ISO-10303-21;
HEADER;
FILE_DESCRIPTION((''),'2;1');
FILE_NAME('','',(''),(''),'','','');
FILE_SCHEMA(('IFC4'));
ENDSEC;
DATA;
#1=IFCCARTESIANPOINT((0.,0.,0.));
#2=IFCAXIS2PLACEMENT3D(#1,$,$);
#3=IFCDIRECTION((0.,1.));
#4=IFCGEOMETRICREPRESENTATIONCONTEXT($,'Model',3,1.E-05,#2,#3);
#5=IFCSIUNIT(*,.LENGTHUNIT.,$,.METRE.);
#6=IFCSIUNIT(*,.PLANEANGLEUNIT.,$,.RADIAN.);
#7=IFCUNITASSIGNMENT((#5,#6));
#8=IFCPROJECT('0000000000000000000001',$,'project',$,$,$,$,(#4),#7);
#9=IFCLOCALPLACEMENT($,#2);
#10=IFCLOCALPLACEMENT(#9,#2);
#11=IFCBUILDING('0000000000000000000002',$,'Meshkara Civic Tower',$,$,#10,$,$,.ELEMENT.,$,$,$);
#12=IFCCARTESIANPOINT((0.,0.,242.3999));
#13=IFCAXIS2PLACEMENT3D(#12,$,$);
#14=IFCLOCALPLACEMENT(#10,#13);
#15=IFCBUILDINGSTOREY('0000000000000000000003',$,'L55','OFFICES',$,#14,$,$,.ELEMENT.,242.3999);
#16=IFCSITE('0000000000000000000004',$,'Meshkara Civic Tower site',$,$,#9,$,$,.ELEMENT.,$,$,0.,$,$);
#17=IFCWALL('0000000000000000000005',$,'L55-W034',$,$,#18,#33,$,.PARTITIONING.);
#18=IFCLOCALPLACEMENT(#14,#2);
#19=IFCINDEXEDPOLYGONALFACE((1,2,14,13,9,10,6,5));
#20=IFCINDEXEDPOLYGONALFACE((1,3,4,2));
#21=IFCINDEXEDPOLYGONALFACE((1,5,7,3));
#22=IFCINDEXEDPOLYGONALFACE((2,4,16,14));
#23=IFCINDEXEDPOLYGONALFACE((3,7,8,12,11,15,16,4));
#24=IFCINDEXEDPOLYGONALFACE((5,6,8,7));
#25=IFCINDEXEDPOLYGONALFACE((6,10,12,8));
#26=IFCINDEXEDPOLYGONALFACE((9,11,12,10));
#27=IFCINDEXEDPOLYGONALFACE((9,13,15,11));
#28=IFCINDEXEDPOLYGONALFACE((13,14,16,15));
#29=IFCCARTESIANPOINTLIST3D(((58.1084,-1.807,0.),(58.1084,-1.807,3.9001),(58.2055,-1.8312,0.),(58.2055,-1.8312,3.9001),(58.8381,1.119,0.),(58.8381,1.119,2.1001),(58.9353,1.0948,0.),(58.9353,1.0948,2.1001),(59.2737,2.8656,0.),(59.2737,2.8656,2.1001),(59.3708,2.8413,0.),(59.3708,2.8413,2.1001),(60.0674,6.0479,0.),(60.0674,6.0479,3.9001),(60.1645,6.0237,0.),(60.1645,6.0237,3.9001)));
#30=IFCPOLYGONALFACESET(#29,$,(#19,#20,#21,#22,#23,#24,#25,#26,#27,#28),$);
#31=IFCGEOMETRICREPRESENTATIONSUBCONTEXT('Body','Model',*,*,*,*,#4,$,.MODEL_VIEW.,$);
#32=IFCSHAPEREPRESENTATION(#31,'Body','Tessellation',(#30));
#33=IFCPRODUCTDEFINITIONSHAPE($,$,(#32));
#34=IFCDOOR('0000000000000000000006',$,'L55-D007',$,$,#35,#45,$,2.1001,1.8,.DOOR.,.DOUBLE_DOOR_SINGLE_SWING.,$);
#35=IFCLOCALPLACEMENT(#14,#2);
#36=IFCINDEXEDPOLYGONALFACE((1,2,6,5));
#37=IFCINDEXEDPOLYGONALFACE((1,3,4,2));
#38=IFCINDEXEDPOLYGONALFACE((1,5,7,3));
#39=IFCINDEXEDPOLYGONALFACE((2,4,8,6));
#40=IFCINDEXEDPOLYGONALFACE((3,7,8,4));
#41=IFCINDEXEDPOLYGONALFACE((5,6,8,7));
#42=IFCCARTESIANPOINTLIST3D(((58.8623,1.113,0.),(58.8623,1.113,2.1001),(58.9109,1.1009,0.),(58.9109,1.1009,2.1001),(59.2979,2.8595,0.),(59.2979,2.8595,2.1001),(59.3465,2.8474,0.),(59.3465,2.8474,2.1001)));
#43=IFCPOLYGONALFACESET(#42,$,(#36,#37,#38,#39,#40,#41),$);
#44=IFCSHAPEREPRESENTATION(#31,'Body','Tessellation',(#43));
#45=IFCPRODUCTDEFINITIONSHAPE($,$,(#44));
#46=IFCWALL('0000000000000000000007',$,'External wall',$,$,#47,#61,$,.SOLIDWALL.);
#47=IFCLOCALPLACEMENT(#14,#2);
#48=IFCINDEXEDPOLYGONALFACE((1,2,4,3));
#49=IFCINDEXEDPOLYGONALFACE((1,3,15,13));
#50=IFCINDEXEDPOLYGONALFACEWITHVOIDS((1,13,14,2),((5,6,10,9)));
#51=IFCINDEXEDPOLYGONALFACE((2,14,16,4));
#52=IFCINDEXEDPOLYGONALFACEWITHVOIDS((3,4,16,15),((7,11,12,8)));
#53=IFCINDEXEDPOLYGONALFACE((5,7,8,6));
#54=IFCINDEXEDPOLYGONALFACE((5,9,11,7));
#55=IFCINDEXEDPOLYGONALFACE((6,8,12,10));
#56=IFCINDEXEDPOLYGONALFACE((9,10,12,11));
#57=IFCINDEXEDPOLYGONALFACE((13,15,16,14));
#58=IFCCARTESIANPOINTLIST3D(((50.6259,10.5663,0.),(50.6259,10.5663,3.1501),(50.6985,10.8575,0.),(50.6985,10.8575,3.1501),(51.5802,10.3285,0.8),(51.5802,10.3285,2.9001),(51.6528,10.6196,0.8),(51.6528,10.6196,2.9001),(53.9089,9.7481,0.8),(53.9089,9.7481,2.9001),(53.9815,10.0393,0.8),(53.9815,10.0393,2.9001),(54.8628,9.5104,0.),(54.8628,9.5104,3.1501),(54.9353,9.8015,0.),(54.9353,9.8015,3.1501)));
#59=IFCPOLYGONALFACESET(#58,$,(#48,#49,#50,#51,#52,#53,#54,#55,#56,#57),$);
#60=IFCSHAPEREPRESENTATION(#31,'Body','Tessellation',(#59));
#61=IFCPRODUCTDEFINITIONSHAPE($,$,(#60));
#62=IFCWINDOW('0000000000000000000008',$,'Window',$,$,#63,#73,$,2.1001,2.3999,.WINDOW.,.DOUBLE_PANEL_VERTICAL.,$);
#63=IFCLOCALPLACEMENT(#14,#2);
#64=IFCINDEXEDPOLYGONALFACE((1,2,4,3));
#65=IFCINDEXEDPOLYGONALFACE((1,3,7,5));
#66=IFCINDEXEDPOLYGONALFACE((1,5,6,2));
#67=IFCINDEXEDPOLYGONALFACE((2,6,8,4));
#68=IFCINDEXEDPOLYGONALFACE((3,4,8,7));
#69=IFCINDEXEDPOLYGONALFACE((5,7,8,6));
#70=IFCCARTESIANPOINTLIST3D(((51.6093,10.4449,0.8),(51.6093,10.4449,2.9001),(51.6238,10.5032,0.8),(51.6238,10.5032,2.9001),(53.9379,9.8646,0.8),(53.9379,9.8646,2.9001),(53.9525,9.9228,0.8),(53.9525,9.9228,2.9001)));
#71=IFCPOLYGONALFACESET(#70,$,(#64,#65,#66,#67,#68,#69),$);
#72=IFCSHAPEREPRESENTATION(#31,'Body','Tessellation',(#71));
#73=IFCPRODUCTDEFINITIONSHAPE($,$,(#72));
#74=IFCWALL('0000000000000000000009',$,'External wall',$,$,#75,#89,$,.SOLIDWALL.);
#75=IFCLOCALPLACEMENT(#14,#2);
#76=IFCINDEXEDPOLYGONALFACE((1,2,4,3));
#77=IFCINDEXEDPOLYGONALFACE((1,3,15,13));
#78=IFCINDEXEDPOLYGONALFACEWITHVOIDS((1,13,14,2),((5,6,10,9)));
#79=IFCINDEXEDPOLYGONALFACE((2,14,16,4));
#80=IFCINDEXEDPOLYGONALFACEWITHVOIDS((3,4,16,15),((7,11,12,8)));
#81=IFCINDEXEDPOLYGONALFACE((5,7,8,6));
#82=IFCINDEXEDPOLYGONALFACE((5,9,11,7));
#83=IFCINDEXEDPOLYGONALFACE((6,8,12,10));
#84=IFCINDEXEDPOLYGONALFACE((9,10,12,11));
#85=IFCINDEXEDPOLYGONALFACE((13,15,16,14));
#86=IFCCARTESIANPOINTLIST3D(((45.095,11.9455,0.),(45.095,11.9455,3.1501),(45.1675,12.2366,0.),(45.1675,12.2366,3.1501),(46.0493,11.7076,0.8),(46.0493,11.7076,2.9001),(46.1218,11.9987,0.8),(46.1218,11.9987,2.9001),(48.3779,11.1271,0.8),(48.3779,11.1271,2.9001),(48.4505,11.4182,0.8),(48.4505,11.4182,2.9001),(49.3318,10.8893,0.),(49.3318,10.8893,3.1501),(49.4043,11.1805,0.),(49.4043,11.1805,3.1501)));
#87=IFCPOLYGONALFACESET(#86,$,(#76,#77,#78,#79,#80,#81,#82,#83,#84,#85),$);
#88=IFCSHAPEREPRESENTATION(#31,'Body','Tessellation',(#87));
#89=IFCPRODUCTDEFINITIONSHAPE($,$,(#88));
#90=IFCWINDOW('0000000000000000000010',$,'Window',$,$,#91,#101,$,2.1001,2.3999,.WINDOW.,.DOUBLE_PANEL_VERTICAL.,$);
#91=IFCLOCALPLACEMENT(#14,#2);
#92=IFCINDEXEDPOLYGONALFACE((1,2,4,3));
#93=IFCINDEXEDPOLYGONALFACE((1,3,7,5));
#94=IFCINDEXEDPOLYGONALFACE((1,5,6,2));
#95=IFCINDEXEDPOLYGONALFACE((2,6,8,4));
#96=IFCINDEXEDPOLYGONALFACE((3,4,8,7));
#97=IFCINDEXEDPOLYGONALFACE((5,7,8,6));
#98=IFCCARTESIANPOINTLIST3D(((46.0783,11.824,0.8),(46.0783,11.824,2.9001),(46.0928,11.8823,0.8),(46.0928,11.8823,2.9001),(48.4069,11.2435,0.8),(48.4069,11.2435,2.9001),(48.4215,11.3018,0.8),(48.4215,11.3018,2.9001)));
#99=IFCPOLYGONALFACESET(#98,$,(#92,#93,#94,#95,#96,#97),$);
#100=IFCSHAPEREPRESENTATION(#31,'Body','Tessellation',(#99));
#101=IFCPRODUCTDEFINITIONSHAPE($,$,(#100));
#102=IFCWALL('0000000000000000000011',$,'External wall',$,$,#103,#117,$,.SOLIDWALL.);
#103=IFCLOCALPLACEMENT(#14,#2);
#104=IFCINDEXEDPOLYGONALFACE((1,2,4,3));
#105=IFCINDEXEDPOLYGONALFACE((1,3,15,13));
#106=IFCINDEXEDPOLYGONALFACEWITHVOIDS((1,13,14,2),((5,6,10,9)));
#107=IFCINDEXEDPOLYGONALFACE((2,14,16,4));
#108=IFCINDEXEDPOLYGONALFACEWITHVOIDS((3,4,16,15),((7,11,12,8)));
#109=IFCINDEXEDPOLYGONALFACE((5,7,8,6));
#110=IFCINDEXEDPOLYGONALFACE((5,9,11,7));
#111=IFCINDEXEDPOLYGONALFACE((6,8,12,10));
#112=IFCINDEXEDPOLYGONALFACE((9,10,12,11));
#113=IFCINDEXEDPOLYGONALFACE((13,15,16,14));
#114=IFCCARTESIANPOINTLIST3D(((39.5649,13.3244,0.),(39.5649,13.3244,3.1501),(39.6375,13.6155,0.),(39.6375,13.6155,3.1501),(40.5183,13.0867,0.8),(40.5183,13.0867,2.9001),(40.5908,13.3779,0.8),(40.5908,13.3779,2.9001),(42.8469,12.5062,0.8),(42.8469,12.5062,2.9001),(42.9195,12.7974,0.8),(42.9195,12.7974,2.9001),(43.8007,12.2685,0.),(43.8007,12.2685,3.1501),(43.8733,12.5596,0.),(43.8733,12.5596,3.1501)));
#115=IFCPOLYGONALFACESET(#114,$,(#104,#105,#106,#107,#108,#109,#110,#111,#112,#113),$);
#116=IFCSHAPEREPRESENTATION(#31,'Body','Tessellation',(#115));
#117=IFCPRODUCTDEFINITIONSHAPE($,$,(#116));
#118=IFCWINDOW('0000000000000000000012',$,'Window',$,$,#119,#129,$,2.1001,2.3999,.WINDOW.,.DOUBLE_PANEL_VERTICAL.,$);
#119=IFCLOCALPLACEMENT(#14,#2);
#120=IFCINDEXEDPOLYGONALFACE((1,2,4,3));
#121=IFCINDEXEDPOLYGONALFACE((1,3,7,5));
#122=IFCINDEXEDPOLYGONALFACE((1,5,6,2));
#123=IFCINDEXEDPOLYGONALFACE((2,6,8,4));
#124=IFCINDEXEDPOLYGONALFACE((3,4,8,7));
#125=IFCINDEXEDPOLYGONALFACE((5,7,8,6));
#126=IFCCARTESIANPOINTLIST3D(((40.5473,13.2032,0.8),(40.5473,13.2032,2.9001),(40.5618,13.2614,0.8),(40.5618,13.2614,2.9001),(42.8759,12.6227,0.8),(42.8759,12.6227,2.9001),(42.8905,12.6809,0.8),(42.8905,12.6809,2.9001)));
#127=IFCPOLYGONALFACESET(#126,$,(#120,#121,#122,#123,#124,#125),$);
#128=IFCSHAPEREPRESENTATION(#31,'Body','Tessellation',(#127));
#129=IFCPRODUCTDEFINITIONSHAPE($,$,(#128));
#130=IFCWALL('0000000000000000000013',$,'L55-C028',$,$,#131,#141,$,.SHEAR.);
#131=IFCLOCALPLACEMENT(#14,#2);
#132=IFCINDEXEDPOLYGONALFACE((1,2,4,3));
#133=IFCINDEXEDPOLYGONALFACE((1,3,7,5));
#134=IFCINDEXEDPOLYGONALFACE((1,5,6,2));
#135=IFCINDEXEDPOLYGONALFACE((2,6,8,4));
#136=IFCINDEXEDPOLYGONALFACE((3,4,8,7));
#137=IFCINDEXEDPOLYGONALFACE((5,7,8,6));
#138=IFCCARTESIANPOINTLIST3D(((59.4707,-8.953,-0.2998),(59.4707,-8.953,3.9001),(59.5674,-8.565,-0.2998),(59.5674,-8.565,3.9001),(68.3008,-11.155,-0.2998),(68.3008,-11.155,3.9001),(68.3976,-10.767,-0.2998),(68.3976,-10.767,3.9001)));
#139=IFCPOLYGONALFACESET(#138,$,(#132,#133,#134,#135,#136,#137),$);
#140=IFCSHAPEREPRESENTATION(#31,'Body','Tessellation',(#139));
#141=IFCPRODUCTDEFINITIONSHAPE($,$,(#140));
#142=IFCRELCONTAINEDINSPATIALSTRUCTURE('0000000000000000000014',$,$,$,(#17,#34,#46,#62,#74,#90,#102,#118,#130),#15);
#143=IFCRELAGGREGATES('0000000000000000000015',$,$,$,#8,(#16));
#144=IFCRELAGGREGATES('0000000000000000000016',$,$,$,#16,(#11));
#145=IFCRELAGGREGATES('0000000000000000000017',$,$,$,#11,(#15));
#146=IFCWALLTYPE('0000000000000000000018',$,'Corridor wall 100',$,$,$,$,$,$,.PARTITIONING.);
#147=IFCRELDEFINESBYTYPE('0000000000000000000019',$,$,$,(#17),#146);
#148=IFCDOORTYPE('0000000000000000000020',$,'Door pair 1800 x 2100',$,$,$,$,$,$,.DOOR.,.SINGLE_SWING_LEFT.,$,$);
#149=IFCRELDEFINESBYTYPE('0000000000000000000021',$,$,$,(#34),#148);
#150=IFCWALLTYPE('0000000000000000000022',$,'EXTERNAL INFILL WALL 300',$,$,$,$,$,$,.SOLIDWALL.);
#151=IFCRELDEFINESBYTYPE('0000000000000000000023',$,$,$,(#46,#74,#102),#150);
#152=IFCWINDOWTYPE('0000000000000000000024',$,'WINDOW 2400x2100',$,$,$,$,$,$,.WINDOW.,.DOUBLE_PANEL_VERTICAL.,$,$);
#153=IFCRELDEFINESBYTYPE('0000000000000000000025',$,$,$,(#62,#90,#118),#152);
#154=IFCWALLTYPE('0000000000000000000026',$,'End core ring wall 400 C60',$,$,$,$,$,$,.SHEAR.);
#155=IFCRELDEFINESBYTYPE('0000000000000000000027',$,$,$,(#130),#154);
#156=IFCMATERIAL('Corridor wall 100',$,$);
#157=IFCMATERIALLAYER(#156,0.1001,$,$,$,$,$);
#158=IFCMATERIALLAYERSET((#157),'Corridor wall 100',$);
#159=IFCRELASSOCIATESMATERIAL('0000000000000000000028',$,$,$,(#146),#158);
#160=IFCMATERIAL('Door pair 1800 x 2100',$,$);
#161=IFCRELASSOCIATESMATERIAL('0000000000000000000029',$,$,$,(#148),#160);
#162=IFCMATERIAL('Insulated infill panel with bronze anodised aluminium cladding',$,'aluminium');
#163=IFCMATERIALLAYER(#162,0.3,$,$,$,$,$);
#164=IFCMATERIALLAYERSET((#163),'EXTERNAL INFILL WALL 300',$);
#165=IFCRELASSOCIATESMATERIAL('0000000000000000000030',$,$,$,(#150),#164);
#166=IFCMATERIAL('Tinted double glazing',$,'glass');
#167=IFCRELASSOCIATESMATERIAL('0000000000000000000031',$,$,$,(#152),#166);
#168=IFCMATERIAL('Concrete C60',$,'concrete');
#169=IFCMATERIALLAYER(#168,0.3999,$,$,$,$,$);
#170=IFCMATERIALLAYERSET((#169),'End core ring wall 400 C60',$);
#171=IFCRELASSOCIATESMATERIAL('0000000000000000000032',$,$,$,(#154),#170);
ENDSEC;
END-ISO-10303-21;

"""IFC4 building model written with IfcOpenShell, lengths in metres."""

from ifc_helpers import new_model, si_unit, direction, frame, frame_2d, origin, place, context, subcontext, project, spatial, rectangle, extrude, material, layer, layer_set, type_object, element, fill, save


model = new_model("IFC4")

# Units and contexts
model_context = context("Model", 3, precision=1e-05, world=origin(), true_north=direction((0.0, 1.0)))
body_context = subcontext(model_context, "Body", "Model", "MODEL_VIEW")
ifc_project = project(units=[si_unit("LENGTHUNIT", "METRE"), si_unit("PLANEANGLEUNIT", "RADIAN")], contexts=[model_context])

# Site, building, storey
site_placement = place(None, origin())
site = spatial("IfcSite", under=ifc_project, at=site_placement, Name="Meshkara Civic Tower site", CompositionType="ELEMENT", RefElevation=0.0)
building_placement = place(site_placement, origin())
building = spatial("IfcBuilding", under=site, at=building_placement, Name="Meshkara Civic Tower", CompositionType="ELEMENT")
storey_placement = place(building_placement, frame((0.0, 0.0, 242.3999)))
storey = spatial("IfcBuildingStorey", under=building, at=storey_placement, Name="L55", Description="OFFICES", CompositionType="ELEMENT", Elevation=242.3999)

# Wall, opening, door
ifc_material_1 = material(Name="Corridor wall 100")
ifc_layer_1 = layer(ifc_material_1, 0.1001)
ifc_layer_set_1 = layer_set([ifc_layer_1], Name="Corridor wall 100")
wall_type_1 = type_object("IfcWallType", Name="Corridor wall 100", PredefinedType="PARTITIONING", material=ifc_layer_set_1)
ifc_material_2 = material(Name="Door pair 1800 x 2100")
door_type_1 = type_object("IfcDoorType", Name="Door pair 1800 x 2100", OperationType="SINGLE_SWING_LEFT", PredefinedType="DOOR", material=ifc_material_2)
wall_1_placement = place(storey_placement, frame((60.116, 6.0359, 0.0), z_axis=(0.0, 0.0, 1.0), x_axis=(-0.241982, -0.970281, 0.0)))
wall_1 = element("IfcWall", 1, at=wall_1_placement, inside=storey, type_object=wall_type_1, Name="L55-W034", PredefinedType="PARTITIONING", context=body_context, shape_type="SweptSolid", body=[
    extrude(rectangle(XDim=8.0955, YDim=0.1001, at=frame_2d((4.0479, 0.0))), origin(), (0.0, 0.0, 1.0), 3.9001),
])
opening_1_placement = place(wall_1_placement, frame((3.28, 0.0, 0.0)))
opening_1 = element("IfcOpeningElement", 2, at=opening_1_placement, cuts=wall_1, PredefinedType="OPENING", context=body_context, shape_type="SweptSolid", body=[
    extrude(rectangle(XDim=1.8, YDim=2.1001, at=frame_2d((0.8999, 1.05))), frame((0.0, 0.0601, 0.0), z_axis=(0.0, -1.0, 0.0), x_axis=(1.0, 0.0, 0.0)), (0.0, 0.0, 1.0), 0.1201),
])
door_1_placement = place(opening_1_placement, origin())
door_1 = element("IfcDoor", 3, at=door_1_placement, inside=storey, type_object=door_type_1, Name="L55-D007", OperationType="DOUBLE_DOOR_SINGLE_SWING", OverallHeight=2.1001, OverallWidth=1.8, PredefinedType="DOOR", context=body_context, shape_type="SweptSolid", body=[
    extrude(rectangle(XDim=1.8, YDim=2.1001, at=frame_2d((0.8999, 1.05))), frame((0.0, 0.0249, 0.0), z_axis=(0.0, -1.0, 0.0), x_axis=(1.0, 0.0, 0.0)), (0.0, 0.0, 1.0), 0.05),
])
fill(opening_1, door_1)

# Walls, openings, windows
ifc_material_3 = material(Name="Insulated infill panel with bronze anodised aluminium cladding", Category="aluminium")
ifc_layer_2 = layer(ifc_material_3, 0.3)
ifc_layer_set_2 = layer_set([ifc_layer_2], Name="EXTERNAL INFILL WALL 300")
wall_type_2 = type_object("IfcWallType", Name="EXTERNAL INFILL WALL 300", PredefinedType="SOLIDWALL", material=ifc_layer_set_2)
wall_2_placement = place(storey_placement, frame((54.8989, 9.656, 0.0), z_axis=(0.0, 0.0, 1.0), x_axis=(-0.97032, 0.241825, 0.0)))
wall_2 = element("IfcWall", 4, at=wall_2_placement, inside=storey, type_object=wall_type_2, Name="External wall", PredefinedType="SOLIDWALL", context=body_context, shape_type="SweptSolid", body=[
    extrude(rectangle(XDim=4.3665, YDim=0.3, at=frame_2d((2.1831, 0.0))), origin(), (0.0, 0.0, 1.0), 3.1501),
])
opening_2_placement = place(wall_2_placement, frame((0.9829, 0.0, 0.8)))
opening_2 = element("IfcOpeningElement", 5, at=opening_2_placement, cuts=wall_2, PredefinedType="OPENING", context=body_context, shape_type="SweptSolid", body=[
    extrude(rectangle(XDim=2.3999, YDim=2.1001, at=frame_2d((1.2, 1.05))), frame((0.0, 0.1599, 0.0), z_axis=(0.0, -1.0, 0.0), x_axis=(1.0, 0.0, 0.0)), (0.0, 0.0, 1.0), 0.3201),
])
ifc_material_4 = material(Name="Tinted double glazing", Category="glass")
window_type = type_object("IfcWindowType", Name="WINDOW 2400x2100", PartitioningType="DOUBLE_PANEL_VERTICAL", PredefinedType="WINDOW", material=ifc_material_4)
window_1_placement = place(opening_2_placement, origin())
window_1 = element("IfcWindow", 6, at=window_1_placement, inside=storey, type_object=window_type, Name="Window", OverallHeight=2.1001, OverallWidth=2.3999, PartitioningType="DOUBLE_PANEL_VERTICAL", PredefinedType="WINDOW", context=body_context, shape_type="SweptSolid", body=[
    extrude(rectangle(XDim=2.3999, YDim=2.1001, at=frame_2d((1.2, 1.05))), frame((0.0, 0.03, 0.0), z_axis=(0.0, -1.0, 0.0), x_axis=(1.0, 0.0, 0.0)), (0.0, 0.0, 1.0), 0.0601),
])
fill(opening_2, window_1)
wall_3_placement = place(storey_placement, frame((49.3679, 11.0349, 0.0), z_axis=(0.0, 0.0, 1.0), x_axis=(-0.970307, 0.241878, 0.0)))
wall_3 = element("IfcWall", 7, at=wall_3_placement, inside=storey, type_object=wall_type_2, Name="External wall", PredefinedType="SOLIDWALL", context=body_context, shape_type="SweptSolid", body=[
    extrude(rectangle(XDim=4.3665, YDim=0.3, at=frame_2d((2.1831, 0.0))), origin(), (0.0, 0.0, 1.0), 3.1501),
])
opening_3_placement = place(wall_3_placement, frame((0.9829, 0.0, 0.8)))
opening_3 = element("IfcOpeningElement", 8, at=opening_3_placement, cuts=wall_3, PredefinedType="OPENING", context=body_context, shape_type="SweptSolid", body=[
    extrude(rectangle(XDim=2.3999, YDim=2.1001, at=frame_2d((1.2, 1.05))), frame((0.0, 0.1599, 0.0), z_axis=(0.0, -1.0, 0.0), x_axis=(1.0, 0.0, 0.0)), (0.0, 0.0, 1.0), 0.3201),
])
window_2_placement = place(opening_3_placement, origin())
window_2 = element("IfcWindow", 9, at=window_2_placement, inside=storey, type_object=window_type, Name="Window", OverallHeight=2.1001, OverallWidth=2.3999, PartitioningType="DOUBLE_PANEL_VERTICAL", PredefinedType="WINDOW", context=body_context, shape_type="SweptSolid", body=[
    extrude(rectangle(XDim=2.3999, YDim=2.1001, at=frame_2d((1.2, 1.05))), frame((0.0, 0.03, 0.0), z_axis=(0.0, -1.0, 0.0), x_axis=(1.0, 0.0, 0.0)), (0.0, 0.0, 1.0), 0.0601),
])
fill(opening_3, window_2)
wall_4_placement = place(storey_placement, frame((43.8369, 12.4141, 0.0), z_axis=(0.0, 0.0, 1.0), x_axis=(-0.970307, 0.241878, 0.0)))
wall_4 = element("IfcWall", 10, at=wall_4_placement, inside=storey, type_object=wall_type_2, Name="External wall", PredefinedType="SOLIDWALL", context=body_context, shape_type="SweptSolid", body=[
    extrude(rectangle(XDim=4.3655, YDim=0.3, at=frame_2d((2.1826, 0.0))), origin(), (0.0, 0.0, 1.0), 3.1501),
])
opening_4_placement = place(wall_4_placement, frame((0.9829, 0.0, 0.8)))
opening_4 = element("IfcOpeningElement", 11, at=opening_4_placement, cuts=wall_4, PredefinedType="OPENING", context=body_context, shape_type="SweptSolid", body=[
    extrude(rectangle(XDim=2.3999, YDim=2.1001, at=frame_2d((1.2, 1.05))), frame((0.0, 0.1599, 0.0), z_axis=(0.0, -1.0, 0.0), x_axis=(1.0, 0.0, 0.0)), (0.0, 0.0, 1.0), 0.3201),
])
window_3_placement = place(opening_4_placement, origin())
window_3 = element("IfcWindow", 12, at=window_3_placement, inside=storey, type_object=window_type, Name="Window", OverallHeight=2.1001, OverallWidth=2.3999, PartitioningType="DOUBLE_PANEL_VERTICAL", PredefinedType="WINDOW", context=body_context, shape_type="SweptSolid", body=[
    extrude(rectangle(XDim=2.3999, YDim=2.1001, at=frame_2d((1.2, 1.05))), frame((0.0, 0.03, 0.0), z_axis=(0.0, -1.0, 0.0), x_axis=(1.0, 0.0, 0.0)), (0.0, 0.0, 1.0), 0.0601),
])
fill(opening_4, window_3)

# Wall
ifc_material_5 = material(Name="Concrete C60", Category="concrete")
ifc_layer_3 = layer(ifc_material_5, 0.3999)
ifc_layer_set_3 = layer_set([ifc_layer_3], Name="End core ring wall 400 C60")
wall_type_3 = type_object("IfcWallType", Name="End core ring wall 400 C60", PredefinedType="SHEAR", material=ifc_layer_set_3)
wall_5_placement = place(storey_placement, frame((59.519, -8.759, -0.2998), z_axis=(0.0, 0.0, 1.0), x_axis=(0.970288, -0.241955, 0.0)))
element("IfcWall", 13, at=wall_5_placement, inside=storey, type_object=wall_type_3, Name="L55-C028", PredefinedType="SHEAR", context=body_context, shape_type="SweptSolid", body=[
    extrude(rectangle(XDim=9.1006, YDim=0.3999, at=frame_2d((4.5503, 0.0))), origin(), (0.0, 0.0, 1.0), 4.2),
])

save(model, "model.ifc")
